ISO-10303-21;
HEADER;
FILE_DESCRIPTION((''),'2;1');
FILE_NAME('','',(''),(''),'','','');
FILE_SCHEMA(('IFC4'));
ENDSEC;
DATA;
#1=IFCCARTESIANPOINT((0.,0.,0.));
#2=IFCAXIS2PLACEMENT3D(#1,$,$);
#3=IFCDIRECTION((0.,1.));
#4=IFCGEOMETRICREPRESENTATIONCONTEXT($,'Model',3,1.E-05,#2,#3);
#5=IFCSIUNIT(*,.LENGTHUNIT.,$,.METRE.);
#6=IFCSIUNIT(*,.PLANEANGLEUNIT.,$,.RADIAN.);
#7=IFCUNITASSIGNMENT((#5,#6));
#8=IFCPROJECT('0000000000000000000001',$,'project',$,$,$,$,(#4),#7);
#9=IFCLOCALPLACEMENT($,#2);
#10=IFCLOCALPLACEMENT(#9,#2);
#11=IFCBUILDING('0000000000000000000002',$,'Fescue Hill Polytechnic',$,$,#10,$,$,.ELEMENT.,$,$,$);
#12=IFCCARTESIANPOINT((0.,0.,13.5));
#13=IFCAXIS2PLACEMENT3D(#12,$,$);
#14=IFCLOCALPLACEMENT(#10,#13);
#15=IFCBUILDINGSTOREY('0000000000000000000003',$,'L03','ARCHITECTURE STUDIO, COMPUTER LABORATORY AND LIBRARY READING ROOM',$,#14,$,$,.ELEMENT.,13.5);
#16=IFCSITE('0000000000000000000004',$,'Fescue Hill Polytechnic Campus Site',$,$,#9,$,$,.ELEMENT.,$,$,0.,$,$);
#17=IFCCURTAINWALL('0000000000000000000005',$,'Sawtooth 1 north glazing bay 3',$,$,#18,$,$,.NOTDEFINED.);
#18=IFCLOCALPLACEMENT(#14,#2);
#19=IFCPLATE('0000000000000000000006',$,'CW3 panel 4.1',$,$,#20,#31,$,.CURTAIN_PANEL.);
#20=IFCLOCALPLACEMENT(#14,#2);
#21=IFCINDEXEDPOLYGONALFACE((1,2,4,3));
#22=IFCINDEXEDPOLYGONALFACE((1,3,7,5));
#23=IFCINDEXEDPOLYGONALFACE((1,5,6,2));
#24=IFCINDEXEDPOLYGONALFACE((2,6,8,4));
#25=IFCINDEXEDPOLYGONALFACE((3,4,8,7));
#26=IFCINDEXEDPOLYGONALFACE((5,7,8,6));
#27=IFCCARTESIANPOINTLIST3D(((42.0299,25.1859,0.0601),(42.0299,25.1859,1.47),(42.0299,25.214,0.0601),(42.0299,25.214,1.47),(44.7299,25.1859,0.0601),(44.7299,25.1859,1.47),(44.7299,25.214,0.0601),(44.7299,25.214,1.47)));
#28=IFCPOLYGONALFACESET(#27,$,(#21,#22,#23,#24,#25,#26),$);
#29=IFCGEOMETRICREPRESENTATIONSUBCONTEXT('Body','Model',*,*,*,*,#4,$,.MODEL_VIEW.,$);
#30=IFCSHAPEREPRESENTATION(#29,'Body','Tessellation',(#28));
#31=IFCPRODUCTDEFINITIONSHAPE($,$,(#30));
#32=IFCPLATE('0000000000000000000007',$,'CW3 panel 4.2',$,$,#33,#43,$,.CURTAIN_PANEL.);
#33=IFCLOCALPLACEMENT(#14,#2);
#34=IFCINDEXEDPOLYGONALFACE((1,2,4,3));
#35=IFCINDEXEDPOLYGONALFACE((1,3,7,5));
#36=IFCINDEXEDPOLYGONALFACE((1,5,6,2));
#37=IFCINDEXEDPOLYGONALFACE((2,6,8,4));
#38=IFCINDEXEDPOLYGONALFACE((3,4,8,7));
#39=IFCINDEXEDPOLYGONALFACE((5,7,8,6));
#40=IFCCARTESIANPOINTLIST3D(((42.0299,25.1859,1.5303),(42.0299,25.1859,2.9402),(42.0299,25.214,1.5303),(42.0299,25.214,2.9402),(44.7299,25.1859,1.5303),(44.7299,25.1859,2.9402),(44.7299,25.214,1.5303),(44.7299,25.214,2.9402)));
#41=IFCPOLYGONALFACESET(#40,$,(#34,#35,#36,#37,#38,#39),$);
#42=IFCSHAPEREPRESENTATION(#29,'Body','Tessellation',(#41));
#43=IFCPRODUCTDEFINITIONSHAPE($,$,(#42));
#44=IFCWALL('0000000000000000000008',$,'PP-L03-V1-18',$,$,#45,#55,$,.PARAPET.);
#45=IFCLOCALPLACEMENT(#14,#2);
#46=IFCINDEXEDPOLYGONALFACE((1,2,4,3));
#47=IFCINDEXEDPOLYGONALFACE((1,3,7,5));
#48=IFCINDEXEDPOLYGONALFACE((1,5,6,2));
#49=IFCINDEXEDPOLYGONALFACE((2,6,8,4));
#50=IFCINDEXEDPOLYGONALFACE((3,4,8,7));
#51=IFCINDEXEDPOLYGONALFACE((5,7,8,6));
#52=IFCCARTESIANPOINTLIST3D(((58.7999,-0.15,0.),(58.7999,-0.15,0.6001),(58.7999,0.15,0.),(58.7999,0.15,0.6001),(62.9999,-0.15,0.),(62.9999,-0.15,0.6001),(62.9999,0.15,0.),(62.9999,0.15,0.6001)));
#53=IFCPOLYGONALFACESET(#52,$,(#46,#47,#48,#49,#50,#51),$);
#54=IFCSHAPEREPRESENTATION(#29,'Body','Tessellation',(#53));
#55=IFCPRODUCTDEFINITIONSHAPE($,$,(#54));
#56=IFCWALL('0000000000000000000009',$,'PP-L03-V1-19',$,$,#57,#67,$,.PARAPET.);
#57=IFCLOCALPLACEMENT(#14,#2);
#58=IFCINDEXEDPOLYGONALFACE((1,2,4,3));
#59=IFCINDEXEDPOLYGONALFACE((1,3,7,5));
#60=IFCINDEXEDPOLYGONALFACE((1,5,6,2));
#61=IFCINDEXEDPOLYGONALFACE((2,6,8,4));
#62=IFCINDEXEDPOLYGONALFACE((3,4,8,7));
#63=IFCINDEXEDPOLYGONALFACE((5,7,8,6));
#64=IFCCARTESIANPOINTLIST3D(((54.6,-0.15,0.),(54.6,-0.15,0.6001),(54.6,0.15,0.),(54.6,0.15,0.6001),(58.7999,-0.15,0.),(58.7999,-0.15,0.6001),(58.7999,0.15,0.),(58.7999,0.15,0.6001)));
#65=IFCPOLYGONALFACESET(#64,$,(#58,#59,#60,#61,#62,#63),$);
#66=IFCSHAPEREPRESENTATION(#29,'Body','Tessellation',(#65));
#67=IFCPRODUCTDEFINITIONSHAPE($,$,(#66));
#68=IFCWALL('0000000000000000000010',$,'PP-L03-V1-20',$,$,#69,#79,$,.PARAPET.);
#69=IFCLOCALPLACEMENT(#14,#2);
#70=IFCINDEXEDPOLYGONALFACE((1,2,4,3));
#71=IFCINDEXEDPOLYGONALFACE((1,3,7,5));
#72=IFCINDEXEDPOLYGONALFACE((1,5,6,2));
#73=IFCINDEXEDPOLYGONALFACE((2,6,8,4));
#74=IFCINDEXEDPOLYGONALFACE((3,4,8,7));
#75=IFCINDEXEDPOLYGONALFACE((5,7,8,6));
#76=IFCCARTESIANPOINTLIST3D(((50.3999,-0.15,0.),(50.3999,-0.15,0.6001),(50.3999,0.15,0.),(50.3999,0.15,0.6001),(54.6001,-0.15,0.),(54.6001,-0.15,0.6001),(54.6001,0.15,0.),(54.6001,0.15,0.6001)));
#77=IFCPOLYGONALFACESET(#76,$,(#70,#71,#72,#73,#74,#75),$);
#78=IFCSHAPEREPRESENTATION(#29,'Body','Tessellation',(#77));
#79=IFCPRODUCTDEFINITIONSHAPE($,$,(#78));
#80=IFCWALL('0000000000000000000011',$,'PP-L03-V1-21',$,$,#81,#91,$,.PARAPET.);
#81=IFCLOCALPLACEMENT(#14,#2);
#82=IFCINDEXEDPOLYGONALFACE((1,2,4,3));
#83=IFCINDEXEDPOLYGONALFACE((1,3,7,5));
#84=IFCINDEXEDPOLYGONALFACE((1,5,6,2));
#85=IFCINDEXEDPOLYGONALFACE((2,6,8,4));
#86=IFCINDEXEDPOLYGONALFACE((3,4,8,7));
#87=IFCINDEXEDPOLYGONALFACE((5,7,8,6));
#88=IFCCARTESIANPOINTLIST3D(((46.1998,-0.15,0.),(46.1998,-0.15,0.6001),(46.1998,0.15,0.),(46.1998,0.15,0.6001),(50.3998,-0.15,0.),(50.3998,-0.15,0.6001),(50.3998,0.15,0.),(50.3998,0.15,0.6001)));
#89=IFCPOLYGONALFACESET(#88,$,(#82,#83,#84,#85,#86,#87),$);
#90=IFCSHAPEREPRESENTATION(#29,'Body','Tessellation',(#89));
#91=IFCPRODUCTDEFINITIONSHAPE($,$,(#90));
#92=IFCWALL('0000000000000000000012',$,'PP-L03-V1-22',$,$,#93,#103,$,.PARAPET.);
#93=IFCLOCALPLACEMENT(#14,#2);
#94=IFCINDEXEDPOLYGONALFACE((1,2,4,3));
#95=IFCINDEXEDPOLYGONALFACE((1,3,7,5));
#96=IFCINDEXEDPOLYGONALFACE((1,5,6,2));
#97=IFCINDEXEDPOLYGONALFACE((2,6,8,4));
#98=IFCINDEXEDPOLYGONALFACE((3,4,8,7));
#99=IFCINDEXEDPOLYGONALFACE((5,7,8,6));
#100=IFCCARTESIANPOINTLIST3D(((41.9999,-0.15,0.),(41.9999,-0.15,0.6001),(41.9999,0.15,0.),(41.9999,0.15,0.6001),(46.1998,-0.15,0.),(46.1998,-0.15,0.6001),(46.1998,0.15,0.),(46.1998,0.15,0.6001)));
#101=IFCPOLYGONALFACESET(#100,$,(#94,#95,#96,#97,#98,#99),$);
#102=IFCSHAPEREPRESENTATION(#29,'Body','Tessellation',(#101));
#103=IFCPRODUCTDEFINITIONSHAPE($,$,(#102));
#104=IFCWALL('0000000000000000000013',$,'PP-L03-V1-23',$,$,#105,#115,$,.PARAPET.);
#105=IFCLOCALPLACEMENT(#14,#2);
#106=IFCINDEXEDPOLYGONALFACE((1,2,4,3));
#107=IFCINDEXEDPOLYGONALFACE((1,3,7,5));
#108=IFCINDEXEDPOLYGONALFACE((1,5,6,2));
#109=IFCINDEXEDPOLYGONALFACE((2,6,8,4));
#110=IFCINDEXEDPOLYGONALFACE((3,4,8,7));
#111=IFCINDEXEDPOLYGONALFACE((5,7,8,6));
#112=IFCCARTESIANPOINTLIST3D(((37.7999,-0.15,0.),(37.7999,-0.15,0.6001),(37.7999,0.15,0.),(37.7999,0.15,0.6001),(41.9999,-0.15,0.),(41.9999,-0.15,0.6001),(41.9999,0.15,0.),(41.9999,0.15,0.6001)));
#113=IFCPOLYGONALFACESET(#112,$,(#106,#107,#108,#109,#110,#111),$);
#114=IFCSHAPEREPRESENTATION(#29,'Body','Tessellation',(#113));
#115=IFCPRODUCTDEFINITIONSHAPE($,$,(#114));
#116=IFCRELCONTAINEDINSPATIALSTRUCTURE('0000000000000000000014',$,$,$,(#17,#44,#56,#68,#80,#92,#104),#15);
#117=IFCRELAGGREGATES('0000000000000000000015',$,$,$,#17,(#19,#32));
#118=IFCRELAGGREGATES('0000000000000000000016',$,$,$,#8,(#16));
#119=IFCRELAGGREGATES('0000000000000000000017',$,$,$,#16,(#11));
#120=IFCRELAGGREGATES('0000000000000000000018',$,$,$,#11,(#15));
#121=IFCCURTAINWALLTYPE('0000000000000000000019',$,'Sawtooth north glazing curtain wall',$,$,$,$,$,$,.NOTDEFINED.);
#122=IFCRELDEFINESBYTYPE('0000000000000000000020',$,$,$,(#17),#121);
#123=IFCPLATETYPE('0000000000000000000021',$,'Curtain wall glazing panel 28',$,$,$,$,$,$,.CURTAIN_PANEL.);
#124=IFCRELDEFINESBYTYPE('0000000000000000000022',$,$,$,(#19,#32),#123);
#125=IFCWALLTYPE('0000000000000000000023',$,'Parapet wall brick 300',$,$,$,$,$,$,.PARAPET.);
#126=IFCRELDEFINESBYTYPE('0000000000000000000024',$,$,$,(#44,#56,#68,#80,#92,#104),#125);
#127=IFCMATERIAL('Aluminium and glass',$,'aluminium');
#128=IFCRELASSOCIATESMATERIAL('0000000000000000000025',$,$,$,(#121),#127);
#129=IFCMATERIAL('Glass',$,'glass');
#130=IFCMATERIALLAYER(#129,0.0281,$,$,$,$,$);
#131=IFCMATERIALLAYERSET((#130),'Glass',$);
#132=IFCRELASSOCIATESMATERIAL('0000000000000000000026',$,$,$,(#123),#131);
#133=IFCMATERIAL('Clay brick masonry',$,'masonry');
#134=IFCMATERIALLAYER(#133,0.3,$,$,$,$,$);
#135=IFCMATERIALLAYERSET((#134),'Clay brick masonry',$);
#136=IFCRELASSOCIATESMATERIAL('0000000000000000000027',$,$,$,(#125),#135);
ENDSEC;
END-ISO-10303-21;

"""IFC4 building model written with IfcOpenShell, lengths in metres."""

from ifc_helpers import new_model, si_unit, direction, frame, frame_2d, origin, origin_2d, place, context, subcontext, project, spatial, rectangle, extrude, material, layer, layer_set, type_object, element, aggregate, save


model = new_model("IFC4")

# Units and contexts
model_context = context("Model", 3, precision=1e-05, world=origin(), true_north=direction((0.0, 1.0)))
body_context = subcontext(model_context, "Body", "Model", "MODEL_VIEW")
ifc_project = project(units=[si_unit("LENGTHUNIT", "METRE"), si_unit("PLANEANGLEUNIT", "RADIAN")], contexts=[model_context])

# Site, building, storey
site_placement = place(None, origin())
site = spatial("IfcSite", under=ifc_project, at=site_placement, Name="Fescue Hill Polytechnic Campus Site", CompositionType="ELEMENT", RefElevation=0.0)
building_placement = place(site_placement, origin())
building = spatial("IfcBuilding", under=site, at=building_placement, Name="Fescue Hill Polytechnic", CompositionType="ELEMENT")
storey_placement = place(building_placement, frame((0.0, 0.0, 13.5)))
storey = spatial("IfcBuildingStorey", under=building, at=storey_placement, Name="L03", Description="ARCHITECTURE STUDIO, COMPUTER LABORATORY AND LIBRARY READING ROOM", CompositionType="ELEMENT", Elevation=13.5)

# Curtain wall
ifc_material_1 = material(Name="Aluminium and glass", Category="aluminium")
curtain_wall_type = type_object("IfcCurtainWallType", Name="Sawtooth north glazing curtain wall", PredefinedType="NOTDEFINED", material=ifc_material_1)
curtain_wall_placement = place(storey_placement, origin())
curtain_wall = element("IfcCurtainWall", 1, at=curtain_wall_placement, inside=storey, type_object=curtain_wall_type, Name="Sawtooth 1 north glazing bay 3", PredefinedType="NOTDEFINED")

# Plates
ifc_material_2 = material(Name="Glass", Category="glass")
ifc_layer_1 = layer(ifc_material_2, 0.0281)
ifc_layer_set_1 = layer_set([ifc_layer_1], Name="Glass")
plate_type = type_object("IfcPlateType", Name="Curtain wall glazing panel 28", PredefinedType="CURTAIN_PANEL", material=ifc_layer_set_1)
plate_1_placement = place(storey_placement, frame((43.3799, 25.2, 0.0601), z_axis=(0.0, 0.0, 1.0), x_axis=(1.0, 0.0, 0.0)))
plate_1 = element("IfcPlate", 2, at=plate_1_placement, type_object=plate_type, Name="CW3 panel 4.1", PredefinedType="CURTAIN_PANEL", context=body_context, shape_type="SweptSolid", body=[
    extrude(rectangle(XDim=2.7, YDim=0.0281, at=origin_2d()), origin(), (0.0, 0.0, 1.0), 1.4099),
])
plate_2_placement = place(storey_placement, frame((43.3799, 25.2, 1.5303), z_axis=(0.0, 0.0, 1.0), x_axis=(1.0, 0.0, 0.0)))
plate_2 = element("IfcPlate", 3, at=plate_2_placement, type_object=plate_type, Name="CW3 panel 4.2", PredefinedType="CURTAIN_PANEL", context=body_context, shape_type="SweptSolid", body=[
    extrude(rectangle(XDim=2.7, YDim=0.0281, at=origin_2d()), origin(), (0.0, 0.0, 1.0), 1.4099),
])
aggregate(curtain_wall, [plate_1, plate_2])

# Walls
ifc_material_3 = material(Name="Clay brick masonry", Category="masonry")
ifc_layer_2 = layer(ifc_material_3, 0.3)
ifc_layer_set_2 = layer_set([ifc_layer_2], Name="Clay brick masonry")
wall_type = type_object("IfcWallType", Name="Parapet wall brick 300", PredefinedType="PARAPET", material=ifc_layer_set_2)
for number, where, z_axis, x_axis, name in (
    (4, (63.0, 0.0, 0.0), (0.0, 0.0, 1.0), (-1.0, 0.0, 0.0), "PP-L03-V1-18"),
    (5, (58.8, 0.0, 0.0), (0.0, 0.0, 1.0), (-1.0, 0.0, 0.0), "PP-L03-V1-19"),
):
    element("IfcWall", number, at=place(storey_placement, frame(where, z_axis=z_axis, x_axis=x_axis)), inside=storey, type_object=wall_type, Name=name, PredefinedType="PARAPET", context=body_context, shape_type="SweptSolid", body=[
        extrude(rectangle(XDim=4.2, YDim=0.3, at=frame_2d((2.1001, 0.0))), origin(), (0.0, 0.0, 1.0), 0.6001),
    ])
wall_placement = place(storey_placement, frame((54.6001, 0.0, 0.0), z_axis=(0.0, 0.0, 1.0), x_axis=(-1.0, 0.0, 0.0)))
element("IfcWall", 6, at=wall_placement, inside=storey, type_object=wall_type, Name="PP-L03-V1-20", PredefinedType="PARAPET", context=body_context, shape_type="SweptSolid", body=[
    extrude(rectangle(XDim=4.2002, YDim=0.3, at=frame_2d((2.1001, 0.0))), origin(), (0.0, 0.0, 1.0), 0.6001),
])
for number, where, z_axis, x_axis, name in (
    (7, (50.3999, 0.0, 0.0), (0.0, 0.0, 1.0), (-1.0, 0.0, 0.0), "PP-L03-V1-21"),
    (8, (46.2, 0.0, 0.0), (0.0, 0.0, 1.0), (-1.0, 0.0, 0.0), "PP-L03-V1-22"),
    (9, (42.0, 0.0, 0.0), (0.0, 0.0, 1.0), (-1.0, 0.0, 0.0), "PP-L03-V1-23"),
):
    element("IfcWall", number, at=place(storey_placement, frame(where, z_axis=z_axis, x_axis=x_axis)), inside=storey, type_object=wall_type, Name=name, PredefinedType="PARAPET", context=body_context, shape_type="SweptSolid", body=[
        extrude(rectangle(XDim=4.2, YDim=0.3, at=frame_2d((2.1001, 0.0))), origin(), (0.0, 0.0, 1.0), 0.6001),
    ])

save(model, "model.ifc")
